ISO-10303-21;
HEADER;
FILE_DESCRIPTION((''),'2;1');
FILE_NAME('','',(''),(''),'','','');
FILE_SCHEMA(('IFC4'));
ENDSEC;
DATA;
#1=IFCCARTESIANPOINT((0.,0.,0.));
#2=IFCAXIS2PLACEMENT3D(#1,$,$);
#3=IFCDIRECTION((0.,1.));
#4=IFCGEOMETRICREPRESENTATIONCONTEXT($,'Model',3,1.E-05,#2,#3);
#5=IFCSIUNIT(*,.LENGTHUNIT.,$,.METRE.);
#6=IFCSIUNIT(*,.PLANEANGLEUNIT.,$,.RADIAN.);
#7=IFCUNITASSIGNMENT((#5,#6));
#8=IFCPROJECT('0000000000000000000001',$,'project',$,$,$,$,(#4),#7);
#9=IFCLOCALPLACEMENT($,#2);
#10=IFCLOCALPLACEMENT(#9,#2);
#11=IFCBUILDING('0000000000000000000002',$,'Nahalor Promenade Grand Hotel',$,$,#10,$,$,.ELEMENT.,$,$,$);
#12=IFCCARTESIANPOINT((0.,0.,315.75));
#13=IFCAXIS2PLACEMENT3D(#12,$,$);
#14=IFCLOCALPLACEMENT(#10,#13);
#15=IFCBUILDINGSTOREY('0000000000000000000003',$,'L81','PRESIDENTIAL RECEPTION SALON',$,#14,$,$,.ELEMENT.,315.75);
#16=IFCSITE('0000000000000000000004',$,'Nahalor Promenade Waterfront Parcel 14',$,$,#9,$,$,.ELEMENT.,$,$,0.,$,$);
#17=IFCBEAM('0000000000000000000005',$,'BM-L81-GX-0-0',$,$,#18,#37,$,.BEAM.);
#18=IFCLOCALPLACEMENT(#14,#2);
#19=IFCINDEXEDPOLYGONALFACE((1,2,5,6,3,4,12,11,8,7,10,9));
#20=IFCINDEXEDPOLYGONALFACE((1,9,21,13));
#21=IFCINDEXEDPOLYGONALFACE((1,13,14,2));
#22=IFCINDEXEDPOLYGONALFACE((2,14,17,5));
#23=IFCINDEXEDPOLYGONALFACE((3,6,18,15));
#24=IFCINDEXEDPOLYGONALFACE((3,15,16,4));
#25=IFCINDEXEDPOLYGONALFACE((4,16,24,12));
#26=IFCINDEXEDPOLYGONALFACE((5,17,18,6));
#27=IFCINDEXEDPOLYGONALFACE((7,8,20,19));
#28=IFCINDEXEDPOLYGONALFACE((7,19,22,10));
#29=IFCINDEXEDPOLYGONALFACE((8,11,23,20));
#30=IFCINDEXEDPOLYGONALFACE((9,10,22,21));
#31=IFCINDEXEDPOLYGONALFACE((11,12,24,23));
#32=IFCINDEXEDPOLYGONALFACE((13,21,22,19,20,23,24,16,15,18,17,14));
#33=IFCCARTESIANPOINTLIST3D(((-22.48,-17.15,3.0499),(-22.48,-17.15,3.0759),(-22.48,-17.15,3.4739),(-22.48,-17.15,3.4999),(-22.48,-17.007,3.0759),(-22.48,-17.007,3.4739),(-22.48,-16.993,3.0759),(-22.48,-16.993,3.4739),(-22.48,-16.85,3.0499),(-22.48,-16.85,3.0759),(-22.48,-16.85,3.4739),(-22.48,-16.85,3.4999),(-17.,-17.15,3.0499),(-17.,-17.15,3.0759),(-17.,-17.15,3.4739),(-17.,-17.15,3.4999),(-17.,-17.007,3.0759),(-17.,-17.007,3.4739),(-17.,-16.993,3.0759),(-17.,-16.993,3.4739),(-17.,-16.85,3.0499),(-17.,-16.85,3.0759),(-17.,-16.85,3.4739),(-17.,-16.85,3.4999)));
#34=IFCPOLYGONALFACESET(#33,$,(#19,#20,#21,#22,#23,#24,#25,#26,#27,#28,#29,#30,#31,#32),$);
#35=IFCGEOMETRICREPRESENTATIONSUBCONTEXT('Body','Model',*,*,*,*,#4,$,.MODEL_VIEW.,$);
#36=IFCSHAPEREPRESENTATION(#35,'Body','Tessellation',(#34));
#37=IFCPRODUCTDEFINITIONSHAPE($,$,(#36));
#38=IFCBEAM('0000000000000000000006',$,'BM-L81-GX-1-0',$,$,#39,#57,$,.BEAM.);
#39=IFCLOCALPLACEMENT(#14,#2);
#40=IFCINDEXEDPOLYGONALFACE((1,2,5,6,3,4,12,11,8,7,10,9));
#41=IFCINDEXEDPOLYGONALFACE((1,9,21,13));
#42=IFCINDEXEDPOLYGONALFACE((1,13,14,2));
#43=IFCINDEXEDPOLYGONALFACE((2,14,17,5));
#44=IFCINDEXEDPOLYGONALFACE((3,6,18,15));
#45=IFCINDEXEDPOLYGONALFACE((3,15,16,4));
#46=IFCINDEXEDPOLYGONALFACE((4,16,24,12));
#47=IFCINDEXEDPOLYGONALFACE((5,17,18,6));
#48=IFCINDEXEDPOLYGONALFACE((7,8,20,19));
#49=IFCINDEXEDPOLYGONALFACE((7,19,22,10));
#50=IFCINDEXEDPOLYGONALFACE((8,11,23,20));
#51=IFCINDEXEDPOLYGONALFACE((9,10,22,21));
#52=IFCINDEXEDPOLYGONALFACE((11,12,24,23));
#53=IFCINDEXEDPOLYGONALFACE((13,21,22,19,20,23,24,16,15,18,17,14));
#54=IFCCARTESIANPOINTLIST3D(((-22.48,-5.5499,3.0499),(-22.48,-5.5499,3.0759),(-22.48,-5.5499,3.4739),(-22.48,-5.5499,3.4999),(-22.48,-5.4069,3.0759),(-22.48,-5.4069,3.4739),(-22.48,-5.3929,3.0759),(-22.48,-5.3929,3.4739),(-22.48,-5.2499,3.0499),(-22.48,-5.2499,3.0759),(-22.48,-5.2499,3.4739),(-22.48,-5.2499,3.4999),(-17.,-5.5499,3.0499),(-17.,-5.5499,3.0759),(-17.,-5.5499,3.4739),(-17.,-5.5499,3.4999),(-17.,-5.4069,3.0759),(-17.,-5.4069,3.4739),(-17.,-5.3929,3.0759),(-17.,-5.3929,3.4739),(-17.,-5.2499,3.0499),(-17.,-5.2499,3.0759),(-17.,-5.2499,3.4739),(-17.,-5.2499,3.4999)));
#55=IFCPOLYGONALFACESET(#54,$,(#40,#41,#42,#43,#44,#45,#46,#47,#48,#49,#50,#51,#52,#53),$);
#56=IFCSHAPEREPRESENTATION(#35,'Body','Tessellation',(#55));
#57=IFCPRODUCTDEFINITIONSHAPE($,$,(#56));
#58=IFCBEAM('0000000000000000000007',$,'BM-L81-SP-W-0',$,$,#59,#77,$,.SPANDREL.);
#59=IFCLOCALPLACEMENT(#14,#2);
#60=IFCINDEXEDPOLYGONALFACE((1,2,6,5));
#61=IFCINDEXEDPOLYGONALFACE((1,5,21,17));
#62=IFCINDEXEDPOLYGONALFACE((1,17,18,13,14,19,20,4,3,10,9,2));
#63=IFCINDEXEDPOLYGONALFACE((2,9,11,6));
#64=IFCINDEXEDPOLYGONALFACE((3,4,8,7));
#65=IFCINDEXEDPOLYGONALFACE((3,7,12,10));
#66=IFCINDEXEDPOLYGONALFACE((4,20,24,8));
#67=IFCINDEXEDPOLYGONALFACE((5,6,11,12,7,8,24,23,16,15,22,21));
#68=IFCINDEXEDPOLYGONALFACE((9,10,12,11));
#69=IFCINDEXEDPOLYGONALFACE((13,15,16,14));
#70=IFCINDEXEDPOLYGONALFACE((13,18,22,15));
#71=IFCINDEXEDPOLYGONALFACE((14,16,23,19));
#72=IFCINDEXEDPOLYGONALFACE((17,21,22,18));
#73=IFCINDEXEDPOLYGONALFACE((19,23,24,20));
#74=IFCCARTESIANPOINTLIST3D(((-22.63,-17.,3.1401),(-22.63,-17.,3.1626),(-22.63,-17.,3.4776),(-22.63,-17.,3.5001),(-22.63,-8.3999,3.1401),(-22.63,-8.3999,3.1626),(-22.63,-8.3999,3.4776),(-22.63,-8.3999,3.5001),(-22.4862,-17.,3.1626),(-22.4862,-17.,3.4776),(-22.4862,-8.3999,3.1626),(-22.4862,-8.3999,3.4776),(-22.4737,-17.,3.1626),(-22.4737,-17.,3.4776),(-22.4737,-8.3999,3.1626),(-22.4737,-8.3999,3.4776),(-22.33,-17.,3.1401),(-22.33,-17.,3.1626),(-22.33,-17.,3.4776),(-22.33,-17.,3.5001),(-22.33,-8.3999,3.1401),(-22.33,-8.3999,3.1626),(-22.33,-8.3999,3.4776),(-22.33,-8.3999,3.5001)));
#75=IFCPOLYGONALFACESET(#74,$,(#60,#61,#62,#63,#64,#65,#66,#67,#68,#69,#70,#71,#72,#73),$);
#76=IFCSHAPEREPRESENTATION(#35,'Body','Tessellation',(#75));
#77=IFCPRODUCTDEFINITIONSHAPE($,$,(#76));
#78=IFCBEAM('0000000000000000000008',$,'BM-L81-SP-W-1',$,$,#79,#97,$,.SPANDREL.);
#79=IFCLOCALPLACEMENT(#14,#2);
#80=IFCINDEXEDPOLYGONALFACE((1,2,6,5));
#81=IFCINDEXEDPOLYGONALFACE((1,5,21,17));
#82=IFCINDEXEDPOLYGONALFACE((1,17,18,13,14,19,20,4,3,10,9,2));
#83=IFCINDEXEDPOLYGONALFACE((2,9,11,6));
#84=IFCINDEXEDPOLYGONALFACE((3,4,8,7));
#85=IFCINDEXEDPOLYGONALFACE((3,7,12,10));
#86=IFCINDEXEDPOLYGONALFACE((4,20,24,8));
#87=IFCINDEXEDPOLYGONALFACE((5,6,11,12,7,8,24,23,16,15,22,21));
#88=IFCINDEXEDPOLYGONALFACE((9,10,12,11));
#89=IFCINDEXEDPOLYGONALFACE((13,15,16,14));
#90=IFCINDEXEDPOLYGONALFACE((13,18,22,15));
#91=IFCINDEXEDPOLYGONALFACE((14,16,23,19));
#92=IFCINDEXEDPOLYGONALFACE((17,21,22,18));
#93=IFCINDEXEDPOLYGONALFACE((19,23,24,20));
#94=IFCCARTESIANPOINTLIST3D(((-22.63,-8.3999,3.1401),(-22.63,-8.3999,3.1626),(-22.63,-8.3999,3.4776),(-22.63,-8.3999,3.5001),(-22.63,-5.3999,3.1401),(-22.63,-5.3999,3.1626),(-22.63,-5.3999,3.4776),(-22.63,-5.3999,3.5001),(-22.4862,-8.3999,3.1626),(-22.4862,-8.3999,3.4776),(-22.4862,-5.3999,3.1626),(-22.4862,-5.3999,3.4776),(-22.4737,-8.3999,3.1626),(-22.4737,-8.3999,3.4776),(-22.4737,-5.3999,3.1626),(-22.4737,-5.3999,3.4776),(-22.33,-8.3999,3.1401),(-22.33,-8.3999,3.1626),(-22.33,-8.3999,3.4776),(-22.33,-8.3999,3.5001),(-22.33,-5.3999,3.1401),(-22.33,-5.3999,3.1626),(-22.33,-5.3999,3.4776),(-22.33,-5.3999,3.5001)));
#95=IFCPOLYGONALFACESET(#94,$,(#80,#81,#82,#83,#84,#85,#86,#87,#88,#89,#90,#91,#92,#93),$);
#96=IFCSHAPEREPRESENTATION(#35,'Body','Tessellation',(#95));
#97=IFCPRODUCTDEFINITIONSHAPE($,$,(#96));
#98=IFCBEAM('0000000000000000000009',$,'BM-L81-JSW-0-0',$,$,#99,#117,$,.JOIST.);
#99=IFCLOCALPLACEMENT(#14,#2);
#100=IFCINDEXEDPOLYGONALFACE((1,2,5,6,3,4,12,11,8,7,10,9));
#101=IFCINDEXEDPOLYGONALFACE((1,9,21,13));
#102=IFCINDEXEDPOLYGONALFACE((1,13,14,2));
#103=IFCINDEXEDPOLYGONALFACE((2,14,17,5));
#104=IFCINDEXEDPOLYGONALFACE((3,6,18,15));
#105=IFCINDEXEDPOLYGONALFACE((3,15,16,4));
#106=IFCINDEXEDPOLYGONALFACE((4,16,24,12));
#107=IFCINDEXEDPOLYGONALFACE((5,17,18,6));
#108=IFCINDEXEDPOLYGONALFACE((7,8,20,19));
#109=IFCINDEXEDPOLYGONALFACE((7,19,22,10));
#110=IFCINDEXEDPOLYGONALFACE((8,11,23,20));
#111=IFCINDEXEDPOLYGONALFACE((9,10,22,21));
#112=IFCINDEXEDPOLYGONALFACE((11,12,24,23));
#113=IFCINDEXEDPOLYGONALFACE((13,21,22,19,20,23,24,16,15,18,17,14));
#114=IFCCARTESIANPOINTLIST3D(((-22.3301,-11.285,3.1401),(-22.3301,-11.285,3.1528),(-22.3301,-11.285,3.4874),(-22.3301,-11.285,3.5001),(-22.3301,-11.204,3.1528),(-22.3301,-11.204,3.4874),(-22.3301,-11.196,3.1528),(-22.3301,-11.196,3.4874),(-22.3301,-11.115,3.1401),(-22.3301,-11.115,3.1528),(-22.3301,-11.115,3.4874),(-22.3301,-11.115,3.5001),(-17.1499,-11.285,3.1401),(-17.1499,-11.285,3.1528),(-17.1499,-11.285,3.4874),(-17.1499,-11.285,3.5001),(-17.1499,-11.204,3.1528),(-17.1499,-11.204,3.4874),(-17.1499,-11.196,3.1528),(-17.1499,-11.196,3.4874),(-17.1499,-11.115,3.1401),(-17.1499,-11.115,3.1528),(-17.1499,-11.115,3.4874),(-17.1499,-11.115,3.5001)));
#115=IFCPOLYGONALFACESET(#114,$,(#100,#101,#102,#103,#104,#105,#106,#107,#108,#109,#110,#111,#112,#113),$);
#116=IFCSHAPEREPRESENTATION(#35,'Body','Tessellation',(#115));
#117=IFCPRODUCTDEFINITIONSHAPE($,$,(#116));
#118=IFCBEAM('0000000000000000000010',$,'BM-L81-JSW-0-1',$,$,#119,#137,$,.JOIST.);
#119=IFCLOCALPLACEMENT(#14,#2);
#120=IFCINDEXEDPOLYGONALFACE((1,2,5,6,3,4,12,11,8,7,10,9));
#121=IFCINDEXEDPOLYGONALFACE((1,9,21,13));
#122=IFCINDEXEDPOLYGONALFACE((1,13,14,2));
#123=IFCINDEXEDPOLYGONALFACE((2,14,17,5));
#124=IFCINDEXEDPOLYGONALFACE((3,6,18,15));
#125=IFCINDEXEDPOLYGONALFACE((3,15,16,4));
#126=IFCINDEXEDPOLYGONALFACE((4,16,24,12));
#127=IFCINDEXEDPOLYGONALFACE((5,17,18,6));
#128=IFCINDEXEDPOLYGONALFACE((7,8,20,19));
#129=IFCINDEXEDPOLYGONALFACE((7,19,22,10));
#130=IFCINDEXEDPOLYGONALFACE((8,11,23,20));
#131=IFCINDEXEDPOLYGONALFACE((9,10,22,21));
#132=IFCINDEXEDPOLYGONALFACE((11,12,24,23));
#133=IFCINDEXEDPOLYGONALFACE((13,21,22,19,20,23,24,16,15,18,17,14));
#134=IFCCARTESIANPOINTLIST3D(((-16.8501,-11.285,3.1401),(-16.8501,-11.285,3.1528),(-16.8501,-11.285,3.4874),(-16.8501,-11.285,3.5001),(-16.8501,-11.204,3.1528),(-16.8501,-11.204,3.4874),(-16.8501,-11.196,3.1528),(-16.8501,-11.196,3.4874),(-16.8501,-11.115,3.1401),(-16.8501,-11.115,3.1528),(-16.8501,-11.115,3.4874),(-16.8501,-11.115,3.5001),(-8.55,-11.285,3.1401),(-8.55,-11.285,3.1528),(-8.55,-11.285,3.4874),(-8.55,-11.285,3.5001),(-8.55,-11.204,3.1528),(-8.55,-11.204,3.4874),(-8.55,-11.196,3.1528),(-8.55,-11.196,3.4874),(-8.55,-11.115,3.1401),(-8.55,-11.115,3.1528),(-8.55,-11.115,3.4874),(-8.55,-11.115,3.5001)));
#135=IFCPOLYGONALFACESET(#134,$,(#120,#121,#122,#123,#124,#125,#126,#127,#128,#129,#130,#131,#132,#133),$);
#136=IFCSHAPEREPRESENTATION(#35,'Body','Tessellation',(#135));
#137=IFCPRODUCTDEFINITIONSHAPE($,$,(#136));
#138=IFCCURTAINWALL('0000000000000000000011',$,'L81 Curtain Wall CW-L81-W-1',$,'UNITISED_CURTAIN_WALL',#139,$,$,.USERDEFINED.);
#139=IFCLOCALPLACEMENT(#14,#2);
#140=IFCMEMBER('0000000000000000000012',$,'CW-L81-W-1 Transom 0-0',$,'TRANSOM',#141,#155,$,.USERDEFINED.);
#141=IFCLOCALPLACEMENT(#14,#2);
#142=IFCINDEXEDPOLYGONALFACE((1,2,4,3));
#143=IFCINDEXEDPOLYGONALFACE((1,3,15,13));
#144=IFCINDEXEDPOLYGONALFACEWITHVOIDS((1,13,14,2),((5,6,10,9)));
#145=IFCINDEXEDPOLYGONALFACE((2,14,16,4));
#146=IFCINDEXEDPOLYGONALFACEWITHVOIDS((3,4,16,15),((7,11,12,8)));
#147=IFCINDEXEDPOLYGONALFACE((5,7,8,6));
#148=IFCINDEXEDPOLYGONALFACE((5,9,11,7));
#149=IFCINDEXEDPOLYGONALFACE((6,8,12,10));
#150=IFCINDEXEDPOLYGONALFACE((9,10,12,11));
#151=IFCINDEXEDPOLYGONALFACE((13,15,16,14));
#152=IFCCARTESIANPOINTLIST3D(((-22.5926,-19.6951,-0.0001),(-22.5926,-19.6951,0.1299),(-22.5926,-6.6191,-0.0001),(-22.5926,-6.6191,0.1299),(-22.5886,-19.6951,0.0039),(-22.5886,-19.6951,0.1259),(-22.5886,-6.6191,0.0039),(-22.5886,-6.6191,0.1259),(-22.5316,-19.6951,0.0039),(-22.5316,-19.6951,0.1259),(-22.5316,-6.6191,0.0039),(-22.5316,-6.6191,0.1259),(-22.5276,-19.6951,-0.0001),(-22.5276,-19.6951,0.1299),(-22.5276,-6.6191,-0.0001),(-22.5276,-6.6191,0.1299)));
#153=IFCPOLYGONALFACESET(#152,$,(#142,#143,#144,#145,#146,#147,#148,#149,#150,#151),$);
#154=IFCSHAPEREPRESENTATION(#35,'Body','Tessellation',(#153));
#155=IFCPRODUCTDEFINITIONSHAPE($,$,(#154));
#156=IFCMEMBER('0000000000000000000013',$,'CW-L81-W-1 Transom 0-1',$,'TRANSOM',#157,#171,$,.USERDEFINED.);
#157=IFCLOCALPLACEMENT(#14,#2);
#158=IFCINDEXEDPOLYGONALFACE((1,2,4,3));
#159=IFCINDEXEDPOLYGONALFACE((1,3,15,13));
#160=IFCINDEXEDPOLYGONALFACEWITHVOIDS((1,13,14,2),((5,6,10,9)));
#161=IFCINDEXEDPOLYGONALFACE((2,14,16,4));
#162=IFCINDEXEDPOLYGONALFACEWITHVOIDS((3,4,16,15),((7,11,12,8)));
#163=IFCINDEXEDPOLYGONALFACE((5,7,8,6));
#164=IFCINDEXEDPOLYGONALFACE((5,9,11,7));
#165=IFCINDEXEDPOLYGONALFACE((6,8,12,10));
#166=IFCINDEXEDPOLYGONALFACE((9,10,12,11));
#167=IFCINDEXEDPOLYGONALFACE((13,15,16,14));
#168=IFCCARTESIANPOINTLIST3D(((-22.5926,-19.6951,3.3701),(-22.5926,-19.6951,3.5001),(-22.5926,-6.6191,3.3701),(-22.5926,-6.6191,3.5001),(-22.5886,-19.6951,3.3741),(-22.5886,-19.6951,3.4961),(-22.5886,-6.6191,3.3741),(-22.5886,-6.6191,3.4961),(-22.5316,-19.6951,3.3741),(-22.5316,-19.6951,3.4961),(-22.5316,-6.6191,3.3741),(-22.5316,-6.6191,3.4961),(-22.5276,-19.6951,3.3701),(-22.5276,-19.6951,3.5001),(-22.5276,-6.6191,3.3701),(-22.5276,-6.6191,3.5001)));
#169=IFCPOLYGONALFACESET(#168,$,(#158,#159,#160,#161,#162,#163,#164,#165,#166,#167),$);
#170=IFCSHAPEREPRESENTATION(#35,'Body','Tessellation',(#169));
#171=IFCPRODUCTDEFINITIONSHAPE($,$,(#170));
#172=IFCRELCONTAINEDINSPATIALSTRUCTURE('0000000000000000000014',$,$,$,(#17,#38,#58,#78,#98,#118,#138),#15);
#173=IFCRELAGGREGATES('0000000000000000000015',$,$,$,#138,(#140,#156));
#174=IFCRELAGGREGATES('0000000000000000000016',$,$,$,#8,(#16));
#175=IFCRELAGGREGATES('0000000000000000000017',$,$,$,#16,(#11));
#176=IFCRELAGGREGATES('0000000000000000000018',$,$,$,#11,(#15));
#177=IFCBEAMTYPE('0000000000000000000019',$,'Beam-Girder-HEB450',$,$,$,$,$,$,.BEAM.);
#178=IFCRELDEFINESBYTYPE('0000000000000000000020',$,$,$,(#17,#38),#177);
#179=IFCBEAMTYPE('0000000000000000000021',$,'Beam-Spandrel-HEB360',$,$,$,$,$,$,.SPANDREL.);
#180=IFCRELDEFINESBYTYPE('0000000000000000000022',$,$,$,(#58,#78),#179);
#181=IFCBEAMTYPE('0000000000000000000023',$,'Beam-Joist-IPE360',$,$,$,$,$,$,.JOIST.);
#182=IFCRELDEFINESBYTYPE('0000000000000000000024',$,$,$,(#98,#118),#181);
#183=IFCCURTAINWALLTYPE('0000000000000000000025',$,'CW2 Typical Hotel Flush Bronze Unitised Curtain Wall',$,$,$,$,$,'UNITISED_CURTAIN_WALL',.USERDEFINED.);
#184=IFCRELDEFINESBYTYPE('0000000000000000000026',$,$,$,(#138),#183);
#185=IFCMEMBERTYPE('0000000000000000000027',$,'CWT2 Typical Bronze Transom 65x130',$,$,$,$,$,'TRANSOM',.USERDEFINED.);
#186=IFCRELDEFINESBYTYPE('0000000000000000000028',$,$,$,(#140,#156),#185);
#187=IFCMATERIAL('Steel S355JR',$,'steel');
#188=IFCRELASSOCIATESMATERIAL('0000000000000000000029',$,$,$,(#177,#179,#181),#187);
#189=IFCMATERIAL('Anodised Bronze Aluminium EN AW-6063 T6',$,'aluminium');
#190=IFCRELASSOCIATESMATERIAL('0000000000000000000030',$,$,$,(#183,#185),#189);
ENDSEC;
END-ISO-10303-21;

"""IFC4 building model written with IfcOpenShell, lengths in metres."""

from ifc_helpers import new_model, si_unit, direction, frame, origin, origin_2d, place, context, subcontext, project, spatial, hollow_rectangle, i_section, extrude, source, transform, mapped, material, material_profile, profile_set, type_object, element, aggregate, save


model = new_model("IFC4")

# Units and contexts
model_context = context("Model", 3, precision=1e-05, world=origin(), true_north=direction((0.0, 1.0)))
body_context = subcontext(model_context, "Body", "Model", "MODEL_VIEW")
ifc_project = project(units=[si_unit("LENGTHUNIT", "METRE"), si_unit("PLANEANGLEUNIT", "RADIAN")], contexts=[model_context])

# Site, building, storey
site_placement = place(None, origin())
site = spatial("IfcSite", under=ifc_project, at=site_placement, Name="Nahalor Promenade Waterfront Parcel 14", CompositionType="ELEMENT", RefElevation=0.0)
building_placement = place(site_placement, origin())
building = spatial("IfcBuilding", under=site, at=building_placement, Name="Nahalor Promenade Grand Hotel", CompositionType="ELEMENT")
storey_placement = place(building_placement, frame((0.0, 0.0, 315.75)))
storey = spatial("IfcBuildingStorey", under=building, at=storey_placement, Name="L81", Description="PRESIDENTIAL RECEPTION SALON", CompositionType="ELEMENT", Elevation=315.75)

# Shared definitions
ifc_material_1 = material(Name="Steel S355JR", Category="steel")

# Beams
ifc_material_profile_1 = material_profile(ifc_material_1, i_section(OverallWidth=0.3, OverallDepth=0.45, WebThickness=0.014, FlangeThickness=0.026, at=origin_2d()), Name="HEB 450")
ifc_profile_set_1 = profile_set([ifc_material_profile_1], Name="Steel S355JR")
beam_type_1 = type_object("IfcBeamType", Name="Beam-Girder-HEB450", PredefinedType="BEAM", material=ifc_profile_set_1)
shared_shape_1 = source(origin(), body_context, "Body", "SweptSolid", [
    extrude(i_section(OverallWidth=0.3, OverallDepth=0.45, WebThickness=0.014, FlangeThickness=0.026, at=origin_2d()), origin(), (0.0, 0.0, 1.0), 5.48),
])
for number, where, z_axis, x_axis, name in (
    (1, (-22.48, -17.0, 3.2749), (1.0, 0.0, 0.0), (0.0, 1.0, 0.0), "BM-L81-GX-0-0"),
    (2, (-22.48, -5.3999, 3.2749), (1.0, 0.0, 0.0), (0.0, 1.0, 0.0), "BM-L81-GX-1-0"),
):
    element("IfcBeam", number, at=place(storey_placement, frame(where, z_axis=z_axis, x_axis=x_axis)), inside=storey, type_object=beam_type_1, Name=name, PredefinedType="BEAM", context=body_context, shape_type="MappedRepresentation", body=[
        mapped(shared_shape_1, transform((0.0, 0.0, 0.0), scale=1.0)),
    ])
ifc_material_profile_2 = material_profile(ifc_material_1, i_section(OverallWidth=0.3, OverallDepth=0.36, WebThickness=0.0125, FlangeThickness=0.0225, at=origin_2d()), Name="HEB 360")
ifc_profile_set_2 = profile_set([ifc_material_profile_2], Name="Steel S355JR")
beam_type_2 = type_object("IfcBeamType", Name="Beam-Spandrel-HEB360", PredefinedType="SPANDREL", material=ifc_profile_set_2)
shared_shape_2 = source(origin(), body_context, "Body", "SweptSolid", [
    extrude(i_section(OverallWidth=0.3, OverallDepth=0.36, WebThickness=0.0125, FlangeThickness=0.0225, at=origin_2d()), origin(), (0.0, 0.0, 1.0), 8.6001),
])
beam_1_placement = place(storey_placement, frame((-22.48, -17.0, 3.3201), z_axis=(0.0, 1.0, 0.0), x_axis=(-1.0, 0.0, 0.0)))
element("IfcBeam", 3, at=beam_1_placement, inside=storey, type_object=beam_type_2, Name="BM-L81-SP-W-0", PredefinedType="SPANDREL", context=body_context, shape_type="MappedRepresentation", body=[
    mapped(shared_shape_2, transform((0.0, 0.0, 0.0), scale=1.0)),
])
shared_shape_3 = source(origin(), body_context, "Body", "SweptSolid", [
    extrude(i_section(OverallWidth=0.3, OverallDepth=0.36, WebThickness=0.0125, FlangeThickness=0.0225, at=origin_2d()), origin(), (0.0, 0.0, 1.0), 3.0),
])
beam_2_placement = place(storey_placement, frame((-22.48, -8.3999, 3.3201), z_axis=(0.0, 1.0, 0.0), x_axis=(-1.0, 0.0, 0.0)))
element("IfcBeam", 4, at=beam_2_placement, inside=storey, type_object=beam_type_2, Name="BM-L81-SP-W-1", PredefinedType="SPANDREL", context=body_context, shape_type="MappedRepresentation", body=[
    mapped(shared_shape_3, transform((0.0, 0.0, 0.0), scale=1.0)),
])
ifc_material_profile_3 = material_profile(ifc_material_1, i_section(OverallWidth=0.17, OverallDepth=0.36, WebThickness=0.008, FlangeThickness=0.0127, at=origin_2d()), Name="IPE 360")
ifc_profile_set_3 = profile_set([ifc_material_profile_3], Name="Steel S355JR")
beam_type_3 = type_object("IfcBeamType", Name="Beam-Joist-IPE360", PredefinedType="JOIST", material=ifc_profile_set_3)
shared_shape_4 = source(origin(), body_context, "Body", "SweptSolid", [
    extrude(i_section(OverallWidth=0.17, OverallDepth=0.36, WebThickness=0.008, FlangeThickness=0.0127, at=origin_2d()), origin(), (0.0, 0.0, 1.0), 5.1802),
])
beam_3_placement = place(storey_placement, frame((-22.3301, -11.2, 3.3201), z_axis=(1.0, 0.0, 0.0), x_axis=(0.0, 1.0, 0.0)))
element("IfcBeam", 5, at=beam_3_placement, inside=storey, type_object=beam_type_3, Name="BM-L81-JSW-0-0", PredefinedType="JOIST", context=body_context, shape_type="MappedRepresentation", body=[
    mapped(shared_shape_4, transform((0.0, 0.0, 0.0), scale=1.0)),
])
shared_shape_5 = source(origin(), body_context, "Body", "SweptSolid", [
    extrude(i_section(OverallWidth=0.17, OverallDepth=0.36, WebThickness=0.008, FlangeThickness=0.0127, at=origin_2d()), origin(), (0.0, 0.0, 1.0), 8.3),
])
beam_4_placement = place(storey_placement, frame((-16.8501, -11.2, 3.3201), z_axis=(1.0, 0.0, 0.0), x_axis=(0.0, 1.0, 0.0)))
element("IfcBeam", 6, at=beam_4_placement, inside=storey, type_object=beam_type_3, Name="BM-L81-JSW-0-1", PredefinedType="JOIST", context=body_context, shape_type="MappedRepresentation", body=[
    mapped(shared_shape_5, transform((0.0, 0.0, 0.0), scale=1.0)),
])

# Curtain wall, members
ifc_material_2 = material(Name="Anodised Bronze Aluminium EN AW-6063 T6", Category="aluminium")
curtain_wall_type = type_object("IfcCurtainWallType", Name="CW2 Typical Hotel Flush Bronze Unitised Curtain Wall", ElementType="UNITISED_CURTAIN_WALL", PredefinedType="USERDEFINED", material=ifc_material_2)
curtain_wall_placement = place(storey_placement, origin())
curtain_wall = element("IfcCurtainWall", 7, at=curtain_wall_placement, inside=storey, type_object=curtain_wall_type, Name="L81 Curtain Wall CW-L81-W-1", ObjectType="UNITISED_CURTAIN_WALL", PredefinedType="USERDEFINED")
ifc_material_profile_4 = material_profile(ifc_material_2, hollow_rectangle(XDim=0.065, YDim=0.13, WallThickness=0.004, at=origin_2d()), Name="CWT 65x130x4")
ifc_profile_set_4 = profile_set([ifc_material_profile_4], Name="Anodised Bronze Aluminium EN AW-6063 T6")
member_type_1 = type_object("IfcMemberType", Name="CWT2 Typical Bronze Transom 65x130", ElementType="TRANSOM", PredefinedType="USERDEFINED", material=ifc_profile_set_4)
shared_shape_6 = source(origin(), body_context, "Body", "SweptSolid", [
    extrude(hollow_rectangle(XDim=0.065, YDim=0.13, WallThickness=0.004, at=origin_2d()), origin(), (0.0, 0.0, 1.0), 13.0759),
])
member_1_placement = place(storey_placement, frame((-22.5601, -19.6951, 0.0649), z_axis=(0.0, 1.0, 0.0), x_axis=(-1.0, 0.0, 0.0)))
member_1 = element("IfcMember", 8, at=member_1_placement, type_object=member_type_1, Name="CW-L81-W-1 Transom 0-0", ObjectType="TRANSOM", PredefinedType="USERDEFINED", context=body_context, shape_type="MappedRepresentation", body=[
    mapped(shared_shape_6, transform((0.0, 0.0, 0.0), scale=1.0)),
])
member_2_placement = place(storey_placement, frame((-22.5601, -19.6951, 3.4351), z_axis=(0.0, 1.0, 0.0), x_axis=(-1.0, 0.0, 0.0)))
member_2 = element("IfcMember", 9, at=member_2_placement, type_object=member_type_1, Name="CW-L81-W-1 Transom 0-1", ObjectType="TRANSOM", PredefinedType="USERDEFINED", context=body_context, shape_type="MappedRepresentation", body=[
    mapped(shared_shape_6, transform((0.0, 0.0, 0.0), scale=1.0)),
])
aggregate(curtain_wall, [member_1, member_2])

save(model, "model.ifc")
